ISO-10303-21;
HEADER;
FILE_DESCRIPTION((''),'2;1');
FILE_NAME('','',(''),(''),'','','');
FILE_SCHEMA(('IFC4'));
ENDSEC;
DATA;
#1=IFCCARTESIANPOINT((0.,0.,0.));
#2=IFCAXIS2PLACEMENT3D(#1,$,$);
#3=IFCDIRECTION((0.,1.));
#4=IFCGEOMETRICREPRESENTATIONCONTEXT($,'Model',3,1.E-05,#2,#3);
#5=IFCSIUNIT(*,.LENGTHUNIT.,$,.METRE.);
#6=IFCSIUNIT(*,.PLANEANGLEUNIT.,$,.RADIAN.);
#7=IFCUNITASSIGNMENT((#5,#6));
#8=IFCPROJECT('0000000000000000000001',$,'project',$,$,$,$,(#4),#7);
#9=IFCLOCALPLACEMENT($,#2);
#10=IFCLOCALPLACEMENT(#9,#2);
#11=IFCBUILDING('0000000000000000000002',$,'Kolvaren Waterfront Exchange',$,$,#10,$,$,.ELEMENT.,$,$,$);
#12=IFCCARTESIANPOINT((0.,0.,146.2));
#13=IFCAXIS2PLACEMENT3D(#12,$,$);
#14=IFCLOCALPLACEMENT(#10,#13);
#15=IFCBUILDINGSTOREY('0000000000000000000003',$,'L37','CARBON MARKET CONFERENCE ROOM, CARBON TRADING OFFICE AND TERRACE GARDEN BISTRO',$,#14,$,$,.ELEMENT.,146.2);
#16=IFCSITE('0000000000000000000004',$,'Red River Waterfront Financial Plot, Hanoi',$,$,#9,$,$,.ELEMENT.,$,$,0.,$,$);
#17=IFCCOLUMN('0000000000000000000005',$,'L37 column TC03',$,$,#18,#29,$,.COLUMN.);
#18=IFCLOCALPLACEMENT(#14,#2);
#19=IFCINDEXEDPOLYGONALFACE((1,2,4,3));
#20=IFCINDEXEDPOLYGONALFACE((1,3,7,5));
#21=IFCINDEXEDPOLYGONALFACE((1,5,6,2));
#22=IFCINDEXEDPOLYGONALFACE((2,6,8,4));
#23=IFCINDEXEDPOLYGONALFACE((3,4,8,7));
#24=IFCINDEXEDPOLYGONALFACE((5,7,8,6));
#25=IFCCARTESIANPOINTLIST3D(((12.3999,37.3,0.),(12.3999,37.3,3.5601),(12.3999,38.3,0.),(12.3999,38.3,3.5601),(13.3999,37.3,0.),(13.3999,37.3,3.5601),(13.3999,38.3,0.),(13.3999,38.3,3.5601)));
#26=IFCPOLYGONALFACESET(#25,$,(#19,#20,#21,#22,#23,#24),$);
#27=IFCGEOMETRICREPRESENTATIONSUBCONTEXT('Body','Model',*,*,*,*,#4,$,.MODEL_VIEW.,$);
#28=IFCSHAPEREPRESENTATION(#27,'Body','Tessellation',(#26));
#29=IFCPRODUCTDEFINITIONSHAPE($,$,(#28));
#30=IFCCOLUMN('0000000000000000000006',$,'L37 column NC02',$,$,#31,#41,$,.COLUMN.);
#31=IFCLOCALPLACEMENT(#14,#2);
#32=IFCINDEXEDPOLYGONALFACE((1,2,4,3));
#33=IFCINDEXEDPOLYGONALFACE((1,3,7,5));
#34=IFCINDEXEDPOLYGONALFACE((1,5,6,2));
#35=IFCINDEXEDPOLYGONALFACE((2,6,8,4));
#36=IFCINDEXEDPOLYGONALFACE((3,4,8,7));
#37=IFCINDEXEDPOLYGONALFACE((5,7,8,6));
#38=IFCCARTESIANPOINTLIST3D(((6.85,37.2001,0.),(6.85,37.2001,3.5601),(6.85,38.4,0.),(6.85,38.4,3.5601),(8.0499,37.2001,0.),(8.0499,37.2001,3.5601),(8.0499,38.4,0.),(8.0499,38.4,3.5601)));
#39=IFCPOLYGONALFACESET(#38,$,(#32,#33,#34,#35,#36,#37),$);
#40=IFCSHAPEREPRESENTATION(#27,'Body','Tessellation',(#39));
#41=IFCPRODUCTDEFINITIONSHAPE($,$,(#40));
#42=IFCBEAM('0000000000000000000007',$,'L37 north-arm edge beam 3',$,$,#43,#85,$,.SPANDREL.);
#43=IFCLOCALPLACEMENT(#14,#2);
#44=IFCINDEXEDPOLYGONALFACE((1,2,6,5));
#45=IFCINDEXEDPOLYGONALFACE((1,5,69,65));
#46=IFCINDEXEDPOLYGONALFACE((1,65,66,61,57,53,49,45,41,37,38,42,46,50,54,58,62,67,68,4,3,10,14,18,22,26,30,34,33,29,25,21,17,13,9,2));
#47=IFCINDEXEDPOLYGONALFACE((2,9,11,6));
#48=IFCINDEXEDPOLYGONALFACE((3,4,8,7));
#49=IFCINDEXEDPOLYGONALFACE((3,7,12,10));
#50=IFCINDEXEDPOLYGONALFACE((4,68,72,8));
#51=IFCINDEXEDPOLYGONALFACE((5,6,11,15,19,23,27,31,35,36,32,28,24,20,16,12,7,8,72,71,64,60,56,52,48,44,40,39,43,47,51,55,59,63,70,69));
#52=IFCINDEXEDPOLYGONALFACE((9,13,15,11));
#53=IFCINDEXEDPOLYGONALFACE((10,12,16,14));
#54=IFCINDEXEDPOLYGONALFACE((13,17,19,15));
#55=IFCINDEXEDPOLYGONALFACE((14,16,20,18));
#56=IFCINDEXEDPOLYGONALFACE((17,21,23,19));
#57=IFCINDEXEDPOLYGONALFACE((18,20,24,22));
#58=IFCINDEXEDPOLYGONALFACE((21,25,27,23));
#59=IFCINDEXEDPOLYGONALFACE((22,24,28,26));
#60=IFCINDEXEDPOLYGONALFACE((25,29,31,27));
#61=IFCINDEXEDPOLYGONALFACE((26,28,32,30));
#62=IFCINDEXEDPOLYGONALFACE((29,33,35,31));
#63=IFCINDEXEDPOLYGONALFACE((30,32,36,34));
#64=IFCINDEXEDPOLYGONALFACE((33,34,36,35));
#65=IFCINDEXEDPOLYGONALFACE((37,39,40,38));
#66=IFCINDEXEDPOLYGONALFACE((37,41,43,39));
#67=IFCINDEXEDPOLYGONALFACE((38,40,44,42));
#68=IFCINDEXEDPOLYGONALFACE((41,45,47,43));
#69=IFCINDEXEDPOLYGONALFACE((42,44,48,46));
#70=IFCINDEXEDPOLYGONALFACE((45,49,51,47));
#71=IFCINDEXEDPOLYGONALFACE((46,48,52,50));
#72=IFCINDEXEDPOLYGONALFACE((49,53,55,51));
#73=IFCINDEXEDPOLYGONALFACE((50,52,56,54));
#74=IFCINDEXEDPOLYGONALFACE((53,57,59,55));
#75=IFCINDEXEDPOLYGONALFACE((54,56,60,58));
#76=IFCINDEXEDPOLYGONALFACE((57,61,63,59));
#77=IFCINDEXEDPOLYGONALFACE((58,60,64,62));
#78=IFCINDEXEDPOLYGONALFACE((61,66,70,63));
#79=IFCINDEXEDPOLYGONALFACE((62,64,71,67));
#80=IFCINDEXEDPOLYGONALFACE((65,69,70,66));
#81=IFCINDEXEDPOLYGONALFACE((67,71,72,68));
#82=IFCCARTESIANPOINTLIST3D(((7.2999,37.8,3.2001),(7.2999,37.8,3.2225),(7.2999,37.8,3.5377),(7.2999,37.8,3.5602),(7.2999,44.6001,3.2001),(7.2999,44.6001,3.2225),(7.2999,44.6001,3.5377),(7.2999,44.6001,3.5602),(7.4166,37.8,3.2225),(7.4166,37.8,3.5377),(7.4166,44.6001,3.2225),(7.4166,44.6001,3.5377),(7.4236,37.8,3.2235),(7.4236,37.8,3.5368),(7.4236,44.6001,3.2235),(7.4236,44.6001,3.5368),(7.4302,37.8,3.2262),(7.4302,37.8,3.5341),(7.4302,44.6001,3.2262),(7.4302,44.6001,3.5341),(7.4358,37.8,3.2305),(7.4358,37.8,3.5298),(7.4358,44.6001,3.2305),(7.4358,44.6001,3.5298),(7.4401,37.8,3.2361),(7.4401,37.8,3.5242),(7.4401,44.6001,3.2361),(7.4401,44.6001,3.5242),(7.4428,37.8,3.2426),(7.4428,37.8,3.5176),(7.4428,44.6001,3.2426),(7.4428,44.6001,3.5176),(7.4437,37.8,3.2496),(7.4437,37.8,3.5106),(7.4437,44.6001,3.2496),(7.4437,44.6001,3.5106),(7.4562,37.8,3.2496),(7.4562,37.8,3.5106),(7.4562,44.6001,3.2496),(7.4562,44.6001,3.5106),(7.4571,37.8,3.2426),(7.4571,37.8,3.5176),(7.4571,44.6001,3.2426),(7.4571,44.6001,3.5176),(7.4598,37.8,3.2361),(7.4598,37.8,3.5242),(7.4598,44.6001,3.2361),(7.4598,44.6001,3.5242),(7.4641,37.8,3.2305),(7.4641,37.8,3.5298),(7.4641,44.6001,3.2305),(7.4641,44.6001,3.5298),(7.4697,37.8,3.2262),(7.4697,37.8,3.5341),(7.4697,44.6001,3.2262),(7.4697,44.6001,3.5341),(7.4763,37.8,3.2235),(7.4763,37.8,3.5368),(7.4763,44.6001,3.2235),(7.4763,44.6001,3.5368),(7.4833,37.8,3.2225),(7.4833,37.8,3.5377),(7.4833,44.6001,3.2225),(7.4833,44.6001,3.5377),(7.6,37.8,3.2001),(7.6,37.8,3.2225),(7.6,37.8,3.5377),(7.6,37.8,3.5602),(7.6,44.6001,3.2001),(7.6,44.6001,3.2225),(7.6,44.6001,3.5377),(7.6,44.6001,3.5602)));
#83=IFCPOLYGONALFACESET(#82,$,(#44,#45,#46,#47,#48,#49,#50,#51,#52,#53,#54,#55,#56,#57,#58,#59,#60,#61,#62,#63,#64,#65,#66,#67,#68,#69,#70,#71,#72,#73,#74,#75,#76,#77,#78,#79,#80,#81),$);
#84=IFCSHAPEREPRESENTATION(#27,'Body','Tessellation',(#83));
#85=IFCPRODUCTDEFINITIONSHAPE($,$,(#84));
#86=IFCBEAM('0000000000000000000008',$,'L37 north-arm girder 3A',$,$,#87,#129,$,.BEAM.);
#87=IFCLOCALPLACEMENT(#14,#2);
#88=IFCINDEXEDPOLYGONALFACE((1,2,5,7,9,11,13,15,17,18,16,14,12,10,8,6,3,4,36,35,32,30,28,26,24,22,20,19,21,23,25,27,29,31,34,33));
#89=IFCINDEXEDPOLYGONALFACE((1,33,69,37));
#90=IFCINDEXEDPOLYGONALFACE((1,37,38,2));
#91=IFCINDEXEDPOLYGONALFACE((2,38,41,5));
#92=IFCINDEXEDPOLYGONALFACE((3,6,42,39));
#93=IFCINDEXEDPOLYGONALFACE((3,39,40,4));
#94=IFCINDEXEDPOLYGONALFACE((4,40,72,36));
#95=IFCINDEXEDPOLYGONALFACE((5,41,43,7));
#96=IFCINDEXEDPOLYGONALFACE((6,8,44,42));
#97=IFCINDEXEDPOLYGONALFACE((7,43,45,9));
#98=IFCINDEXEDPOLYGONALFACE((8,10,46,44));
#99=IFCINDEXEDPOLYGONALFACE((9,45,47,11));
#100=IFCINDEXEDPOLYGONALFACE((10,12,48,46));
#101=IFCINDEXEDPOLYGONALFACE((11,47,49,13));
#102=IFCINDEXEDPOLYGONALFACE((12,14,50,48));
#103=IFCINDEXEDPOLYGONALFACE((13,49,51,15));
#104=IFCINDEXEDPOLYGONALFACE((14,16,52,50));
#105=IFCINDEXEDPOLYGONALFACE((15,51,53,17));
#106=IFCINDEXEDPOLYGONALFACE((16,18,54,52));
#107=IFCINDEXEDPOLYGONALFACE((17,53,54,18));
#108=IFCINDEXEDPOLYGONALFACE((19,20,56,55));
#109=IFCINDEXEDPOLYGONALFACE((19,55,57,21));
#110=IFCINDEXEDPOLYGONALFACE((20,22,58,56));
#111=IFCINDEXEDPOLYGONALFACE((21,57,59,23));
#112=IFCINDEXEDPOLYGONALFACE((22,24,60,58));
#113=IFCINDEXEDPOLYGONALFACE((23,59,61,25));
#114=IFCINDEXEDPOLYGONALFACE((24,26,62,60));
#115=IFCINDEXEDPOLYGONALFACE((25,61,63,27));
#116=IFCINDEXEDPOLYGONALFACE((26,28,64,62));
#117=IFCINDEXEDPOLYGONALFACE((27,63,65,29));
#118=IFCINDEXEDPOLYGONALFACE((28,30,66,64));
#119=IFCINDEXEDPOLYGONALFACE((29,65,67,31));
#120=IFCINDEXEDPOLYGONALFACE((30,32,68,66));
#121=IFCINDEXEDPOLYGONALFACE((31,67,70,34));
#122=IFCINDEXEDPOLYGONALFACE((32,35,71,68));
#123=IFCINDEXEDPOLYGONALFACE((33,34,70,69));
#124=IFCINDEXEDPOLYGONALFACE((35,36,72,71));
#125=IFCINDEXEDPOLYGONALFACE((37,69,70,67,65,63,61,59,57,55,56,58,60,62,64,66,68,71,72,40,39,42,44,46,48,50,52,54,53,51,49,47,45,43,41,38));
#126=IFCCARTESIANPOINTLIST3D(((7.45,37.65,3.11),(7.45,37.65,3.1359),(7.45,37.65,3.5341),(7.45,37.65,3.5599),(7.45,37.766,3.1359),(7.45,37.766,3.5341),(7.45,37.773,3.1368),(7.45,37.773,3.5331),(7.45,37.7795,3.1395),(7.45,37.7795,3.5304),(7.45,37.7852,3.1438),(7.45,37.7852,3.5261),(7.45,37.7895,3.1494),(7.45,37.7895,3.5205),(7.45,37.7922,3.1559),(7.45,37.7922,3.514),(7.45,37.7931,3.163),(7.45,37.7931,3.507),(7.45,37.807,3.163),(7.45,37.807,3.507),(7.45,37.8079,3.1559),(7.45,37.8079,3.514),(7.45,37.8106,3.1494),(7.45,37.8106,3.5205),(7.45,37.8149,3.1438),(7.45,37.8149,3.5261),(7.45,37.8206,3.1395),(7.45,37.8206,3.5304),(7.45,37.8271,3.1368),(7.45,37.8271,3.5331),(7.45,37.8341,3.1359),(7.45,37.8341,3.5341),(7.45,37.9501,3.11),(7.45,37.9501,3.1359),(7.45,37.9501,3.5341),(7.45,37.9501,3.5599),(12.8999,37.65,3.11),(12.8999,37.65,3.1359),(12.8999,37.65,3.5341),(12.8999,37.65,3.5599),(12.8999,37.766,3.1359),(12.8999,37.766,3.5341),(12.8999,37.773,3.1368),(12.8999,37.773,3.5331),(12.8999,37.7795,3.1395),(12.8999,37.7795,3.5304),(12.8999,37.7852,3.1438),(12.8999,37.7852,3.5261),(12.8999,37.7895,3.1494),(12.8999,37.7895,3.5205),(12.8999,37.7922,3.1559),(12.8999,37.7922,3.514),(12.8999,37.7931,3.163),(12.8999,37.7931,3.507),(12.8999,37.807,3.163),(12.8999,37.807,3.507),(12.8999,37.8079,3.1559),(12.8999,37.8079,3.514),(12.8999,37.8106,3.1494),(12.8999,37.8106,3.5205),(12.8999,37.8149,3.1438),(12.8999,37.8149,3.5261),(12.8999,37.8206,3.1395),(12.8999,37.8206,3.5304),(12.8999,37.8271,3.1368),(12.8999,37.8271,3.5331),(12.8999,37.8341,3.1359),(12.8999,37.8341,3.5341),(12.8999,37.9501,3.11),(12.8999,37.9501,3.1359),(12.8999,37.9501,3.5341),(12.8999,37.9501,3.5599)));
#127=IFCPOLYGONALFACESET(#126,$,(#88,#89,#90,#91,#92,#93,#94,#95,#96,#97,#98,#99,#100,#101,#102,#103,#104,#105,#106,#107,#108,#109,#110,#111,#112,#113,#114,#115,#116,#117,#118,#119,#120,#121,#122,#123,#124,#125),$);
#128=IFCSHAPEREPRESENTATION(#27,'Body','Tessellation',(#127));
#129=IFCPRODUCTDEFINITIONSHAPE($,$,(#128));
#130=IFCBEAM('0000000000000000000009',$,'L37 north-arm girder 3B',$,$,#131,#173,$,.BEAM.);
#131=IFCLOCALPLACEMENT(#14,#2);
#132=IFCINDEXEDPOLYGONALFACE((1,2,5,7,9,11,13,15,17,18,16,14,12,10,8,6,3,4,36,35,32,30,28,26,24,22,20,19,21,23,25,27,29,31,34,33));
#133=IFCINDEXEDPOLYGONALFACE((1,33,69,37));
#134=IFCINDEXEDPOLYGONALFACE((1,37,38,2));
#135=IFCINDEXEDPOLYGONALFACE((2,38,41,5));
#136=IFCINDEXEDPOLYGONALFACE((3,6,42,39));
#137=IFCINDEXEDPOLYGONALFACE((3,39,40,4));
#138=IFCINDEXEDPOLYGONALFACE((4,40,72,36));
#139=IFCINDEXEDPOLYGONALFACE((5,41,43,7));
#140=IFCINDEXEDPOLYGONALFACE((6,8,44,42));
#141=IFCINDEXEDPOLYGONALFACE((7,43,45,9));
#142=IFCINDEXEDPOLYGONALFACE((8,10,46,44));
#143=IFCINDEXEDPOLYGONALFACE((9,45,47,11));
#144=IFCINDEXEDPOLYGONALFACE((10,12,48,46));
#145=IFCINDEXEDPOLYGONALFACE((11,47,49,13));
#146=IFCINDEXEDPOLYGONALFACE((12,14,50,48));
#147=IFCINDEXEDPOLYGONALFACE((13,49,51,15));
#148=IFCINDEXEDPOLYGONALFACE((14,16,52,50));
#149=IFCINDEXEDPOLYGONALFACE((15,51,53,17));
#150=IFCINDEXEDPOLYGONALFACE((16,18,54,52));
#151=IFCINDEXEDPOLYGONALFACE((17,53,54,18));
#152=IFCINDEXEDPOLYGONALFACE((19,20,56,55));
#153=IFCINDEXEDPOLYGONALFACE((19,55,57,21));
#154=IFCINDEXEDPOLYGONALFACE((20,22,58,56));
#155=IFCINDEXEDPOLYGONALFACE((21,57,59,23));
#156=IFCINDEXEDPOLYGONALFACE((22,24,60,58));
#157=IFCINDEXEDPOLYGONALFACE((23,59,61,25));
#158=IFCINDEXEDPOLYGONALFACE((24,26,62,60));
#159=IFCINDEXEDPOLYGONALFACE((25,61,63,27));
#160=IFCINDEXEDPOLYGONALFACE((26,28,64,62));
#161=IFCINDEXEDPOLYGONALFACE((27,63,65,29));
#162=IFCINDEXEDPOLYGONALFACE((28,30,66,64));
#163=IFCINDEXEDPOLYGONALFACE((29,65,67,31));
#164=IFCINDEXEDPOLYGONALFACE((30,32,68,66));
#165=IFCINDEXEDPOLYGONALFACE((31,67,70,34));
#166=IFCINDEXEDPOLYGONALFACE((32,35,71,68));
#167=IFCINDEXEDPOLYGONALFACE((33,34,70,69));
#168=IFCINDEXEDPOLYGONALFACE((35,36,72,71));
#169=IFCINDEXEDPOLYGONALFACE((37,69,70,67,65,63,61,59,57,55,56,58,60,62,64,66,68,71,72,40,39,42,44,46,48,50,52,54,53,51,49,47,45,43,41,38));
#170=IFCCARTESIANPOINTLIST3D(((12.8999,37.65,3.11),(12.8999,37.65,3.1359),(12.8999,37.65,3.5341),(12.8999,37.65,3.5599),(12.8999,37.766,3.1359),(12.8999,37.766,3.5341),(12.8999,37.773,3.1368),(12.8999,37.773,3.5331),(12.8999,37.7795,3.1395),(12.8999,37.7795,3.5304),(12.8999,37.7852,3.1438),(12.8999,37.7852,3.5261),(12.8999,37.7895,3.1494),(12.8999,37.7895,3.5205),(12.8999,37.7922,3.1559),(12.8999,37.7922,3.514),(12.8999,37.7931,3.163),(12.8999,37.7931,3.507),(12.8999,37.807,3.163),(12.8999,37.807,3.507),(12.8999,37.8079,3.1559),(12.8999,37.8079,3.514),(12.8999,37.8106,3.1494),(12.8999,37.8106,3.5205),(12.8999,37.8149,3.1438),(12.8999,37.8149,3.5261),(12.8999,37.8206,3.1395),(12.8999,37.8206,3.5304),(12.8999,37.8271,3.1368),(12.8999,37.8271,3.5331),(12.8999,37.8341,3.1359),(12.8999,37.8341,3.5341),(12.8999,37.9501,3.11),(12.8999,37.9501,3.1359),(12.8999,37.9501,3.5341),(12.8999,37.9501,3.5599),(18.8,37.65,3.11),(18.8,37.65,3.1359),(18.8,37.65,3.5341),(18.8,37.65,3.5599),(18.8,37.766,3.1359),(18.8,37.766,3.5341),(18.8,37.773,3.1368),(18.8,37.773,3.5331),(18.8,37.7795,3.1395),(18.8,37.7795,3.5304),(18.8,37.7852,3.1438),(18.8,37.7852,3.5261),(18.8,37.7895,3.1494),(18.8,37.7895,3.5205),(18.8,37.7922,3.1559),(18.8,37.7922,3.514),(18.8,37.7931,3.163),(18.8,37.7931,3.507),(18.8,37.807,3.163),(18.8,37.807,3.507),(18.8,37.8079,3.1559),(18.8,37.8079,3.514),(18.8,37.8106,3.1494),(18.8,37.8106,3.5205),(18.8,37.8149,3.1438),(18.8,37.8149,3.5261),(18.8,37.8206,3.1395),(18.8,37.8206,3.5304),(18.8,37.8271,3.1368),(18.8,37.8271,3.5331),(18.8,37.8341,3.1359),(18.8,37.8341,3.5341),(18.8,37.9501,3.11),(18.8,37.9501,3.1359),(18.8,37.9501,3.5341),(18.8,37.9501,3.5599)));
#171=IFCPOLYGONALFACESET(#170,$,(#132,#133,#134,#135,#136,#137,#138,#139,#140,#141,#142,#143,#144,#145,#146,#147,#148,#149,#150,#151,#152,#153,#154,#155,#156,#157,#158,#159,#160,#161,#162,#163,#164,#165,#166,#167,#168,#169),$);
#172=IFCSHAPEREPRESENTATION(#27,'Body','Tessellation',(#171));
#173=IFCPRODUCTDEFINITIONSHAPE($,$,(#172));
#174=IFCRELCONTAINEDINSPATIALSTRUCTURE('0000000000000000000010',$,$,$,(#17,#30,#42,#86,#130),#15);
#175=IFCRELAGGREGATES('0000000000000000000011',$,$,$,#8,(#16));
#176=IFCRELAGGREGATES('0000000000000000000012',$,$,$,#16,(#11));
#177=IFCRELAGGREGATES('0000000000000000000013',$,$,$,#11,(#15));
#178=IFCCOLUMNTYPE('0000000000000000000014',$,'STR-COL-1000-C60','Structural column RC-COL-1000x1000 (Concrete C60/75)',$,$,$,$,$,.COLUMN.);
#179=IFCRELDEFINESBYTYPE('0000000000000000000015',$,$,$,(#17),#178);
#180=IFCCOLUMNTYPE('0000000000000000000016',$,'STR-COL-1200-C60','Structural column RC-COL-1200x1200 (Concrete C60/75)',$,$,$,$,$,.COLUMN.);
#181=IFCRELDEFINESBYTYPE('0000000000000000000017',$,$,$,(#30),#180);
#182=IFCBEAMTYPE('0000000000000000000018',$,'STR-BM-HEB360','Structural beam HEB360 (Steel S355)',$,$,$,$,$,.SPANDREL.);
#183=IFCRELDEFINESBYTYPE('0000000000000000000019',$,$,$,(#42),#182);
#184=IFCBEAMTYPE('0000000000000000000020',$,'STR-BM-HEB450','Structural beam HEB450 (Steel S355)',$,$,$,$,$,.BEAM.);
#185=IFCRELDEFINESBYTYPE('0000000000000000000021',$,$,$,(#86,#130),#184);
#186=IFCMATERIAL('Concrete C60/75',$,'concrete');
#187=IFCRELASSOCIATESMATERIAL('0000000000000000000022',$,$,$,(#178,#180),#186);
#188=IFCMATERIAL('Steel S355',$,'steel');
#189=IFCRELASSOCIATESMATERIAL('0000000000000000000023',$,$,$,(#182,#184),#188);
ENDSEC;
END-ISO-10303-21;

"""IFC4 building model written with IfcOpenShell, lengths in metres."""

from ifc_helpers import new_model, si_unit, direction, frame, origin, origin_2d, place, context, subcontext, project, spatial, rectangle, i_section, extrude, material, material_profile, profile_set, type_object, element, save


model = new_model("IFC4")

# Units and contexts
model_context = context("Model", 3, precision=1e-05, world=origin(), true_north=direction((0.0, 1.0)))
body_context = subcontext(model_context, "Body", "Model", "MODEL_VIEW")
ifc_project = project(units=[si_unit("LENGTHUNIT", "METRE"), si_unit("PLANEANGLEUNIT", "RADIAN")], contexts=[model_context])

# Site, building, storey
site_placement = place(None, origin())
site = spatial("IfcSite", under=ifc_project, at=site_placement, Name="Red River Waterfront Financial Plot, Hanoi", CompositionType="ELEMENT", RefElevation=0.0)
building_placement = place(site_placement, origin())
building = spatial("IfcBuilding", under=site, at=building_placement, Name="Kolvaren Waterfront Exchange", CompositionType="ELEMENT")
storey_placement = place(building_placement, frame((0.0, 0.0, 146.2)))
storey = spatial("IfcBuildingStorey", under=building, at=storey_placement, Name="L37", Description="CARBON MARKET CONFERENCE ROOM, CARBON TRADING OFFICE AND TERRACE GARDEN BISTRO", CompositionType="ELEMENT", Elevation=146.2)

# Columns
ifc_material_1 = material(Name="Concrete C60/75", Category="concrete")
ifc_material_profile_1 = material_profile(ifc_material_1, rectangle(XDim=1.0, YDim=1.0, at=origin_2d()), Name="RC-COL-1000x1000")
ifc_profile_set_1 = profile_set([ifc_material_profile_1], Name="Concrete C60/75")
column_type_1 = type_object("IfcColumnType", Name="STR-COL-1000-C60", Description="Structural column RC-COL-1000x1000 (Concrete C60/75)", PredefinedType="COLUMN", material=ifc_profile_set_1)
column_1_placement = place(storey_placement, frame((12.8999, 37.8, 0.0), z_axis=(0.0, 0.0, 1.0), x_axis=(1.0, 0.0, 0.0)))
element("IfcColumn", 1, at=column_1_placement, inside=storey, type_object=column_type_1, Name="L37 column TC03", PredefinedType="COLUMN", context=body_context, shape_type="SweptSolid", body=[
    extrude(rectangle(XDim=1.0, YDim=1.0, at=origin_2d()), origin(), (0.0, 0.0, 1.0), 3.5601),
])
ifc_material_profile_2 = material_profile(ifc_material_1, rectangle(XDim=1.2, YDim=1.2, at=origin_2d()), Name="RC-COL-1200x1200")
ifc_profile_set_2 = profile_set([ifc_material_profile_2], Name="Concrete C60/75")
column_type_2 = type_object("IfcColumnType", Name="STR-COL-1200-C60", Description="Structural column RC-COL-1200x1200 (Concrete C60/75)", PredefinedType="COLUMN", material=ifc_profile_set_2)
column_2_placement = place(storey_placement, frame((7.45, 37.8, 0.0), z_axis=(0.0, 0.0, 1.0), x_axis=(1.0, 0.0, 0.0)))
element("IfcColumn", 2, at=column_2_placement, inside=storey, type_object=column_type_2, Name="L37 column NC02", PredefinedType="COLUMN", context=body_context, shape_type="SweptSolid", body=[
    extrude(rectangle(XDim=1.2, YDim=1.2, at=origin_2d()), origin(), (0.0, 0.0, 1.0), 3.5601),
])

# Beams
ifc_material_2 = material(Name="Steel S355", Category="steel")
ifc_material_profile_3 = material_profile(ifc_material_2, i_section(OverallWidth=0.3, OverallDepth=0.3601, WebThickness=0.0125, FlangeThickness=0.0225, FilletRadius=0.0271, at=origin_2d()), Name="HEB360")
ifc_profile_set_3 = profile_set([ifc_material_profile_3], Name="Steel S355")
beam_type_1 = type_object("IfcBeamType", Name="STR-BM-HEB360", Description="Structural beam HEB360 (Steel S355)", PredefinedType="SPANDREL", material=ifc_profile_set_3)
beam_1_placement = place(storey_placement, frame((7.45, 37.8, 3.3801), z_axis=(0.0, 1.0, 0.0), x_axis=(-1.0, 0.0, 0.0)))
element("IfcBeam", 3, at=beam_1_placement, inside=storey, type_object=beam_type_1, Name="L37 north-arm edge beam 3", PredefinedType="SPANDREL", context=body_context, shape_type="SweptSolid", body=[
    extrude(i_section(OverallWidth=0.3, OverallDepth=0.3601, WebThickness=0.0125, FlangeThickness=0.0225, FilletRadius=0.0271, at=origin_2d()), origin(), (0.0, 0.0, 1.0), 6.8),
])
ifc_material_profile_4 = material_profile(ifc_material_2, i_section(OverallWidth=0.3, OverallDepth=0.45, WebThickness=0.0139, FlangeThickness=0.0259, FilletRadius=0.0271, at=origin_2d()), Name="HEB450")
ifc_profile_set_4 = profile_set([ifc_material_profile_4], Name="Steel S355")
beam_type_2 = type_object("IfcBeamType", Name="STR-BM-HEB450", Description="Structural beam HEB450 (Steel S355)", PredefinedType="BEAM", material=ifc_profile_set_4)
beam_2_placement = place(storey_placement, frame((7.45, 37.8, 3.335), z_axis=(1.0, 0.0, 0.0), x_axis=(0.0, 1.0, 0.0)))
element("IfcBeam", 4, at=beam_2_placement, inside=storey, type_object=beam_type_2, Name="L37 north-arm girder 3A", PredefinedType="BEAM", context=body_context, shape_type="SweptSolid", body=[
    extrude(i_section(OverallWidth=0.3, OverallDepth=0.45, WebThickness=0.0139, FlangeThickness=0.0259, FilletRadius=0.0271, at=origin_2d()), origin(), (0.0, 0.0, 1.0), 5.45),
])
beam_3_placement = place(storey_placement, frame((12.8999, 37.8, 3.335), z_axis=(1.0, 0.0, 0.0), x_axis=(0.0, 1.0, 0.0)))
element("IfcBeam", 5, at=beam_3_placement, inside=storey, type_object=beam_type_2, Name="L37 north-arm girder 3B", PredefinedType="BEAM", context=body_context, shape_type="SweptSolid", body=[
    extrude(i_section(OverallWidth=0.3, OverallDepth=0.45, WebThickness=0.0139, FlangeThickness=0.0259, FilletRadius=0.0271, at=origin_2d()), origin(), (0.0, 0.0, 1.0), 5.9001),
])

save(model, "model.ifc")
